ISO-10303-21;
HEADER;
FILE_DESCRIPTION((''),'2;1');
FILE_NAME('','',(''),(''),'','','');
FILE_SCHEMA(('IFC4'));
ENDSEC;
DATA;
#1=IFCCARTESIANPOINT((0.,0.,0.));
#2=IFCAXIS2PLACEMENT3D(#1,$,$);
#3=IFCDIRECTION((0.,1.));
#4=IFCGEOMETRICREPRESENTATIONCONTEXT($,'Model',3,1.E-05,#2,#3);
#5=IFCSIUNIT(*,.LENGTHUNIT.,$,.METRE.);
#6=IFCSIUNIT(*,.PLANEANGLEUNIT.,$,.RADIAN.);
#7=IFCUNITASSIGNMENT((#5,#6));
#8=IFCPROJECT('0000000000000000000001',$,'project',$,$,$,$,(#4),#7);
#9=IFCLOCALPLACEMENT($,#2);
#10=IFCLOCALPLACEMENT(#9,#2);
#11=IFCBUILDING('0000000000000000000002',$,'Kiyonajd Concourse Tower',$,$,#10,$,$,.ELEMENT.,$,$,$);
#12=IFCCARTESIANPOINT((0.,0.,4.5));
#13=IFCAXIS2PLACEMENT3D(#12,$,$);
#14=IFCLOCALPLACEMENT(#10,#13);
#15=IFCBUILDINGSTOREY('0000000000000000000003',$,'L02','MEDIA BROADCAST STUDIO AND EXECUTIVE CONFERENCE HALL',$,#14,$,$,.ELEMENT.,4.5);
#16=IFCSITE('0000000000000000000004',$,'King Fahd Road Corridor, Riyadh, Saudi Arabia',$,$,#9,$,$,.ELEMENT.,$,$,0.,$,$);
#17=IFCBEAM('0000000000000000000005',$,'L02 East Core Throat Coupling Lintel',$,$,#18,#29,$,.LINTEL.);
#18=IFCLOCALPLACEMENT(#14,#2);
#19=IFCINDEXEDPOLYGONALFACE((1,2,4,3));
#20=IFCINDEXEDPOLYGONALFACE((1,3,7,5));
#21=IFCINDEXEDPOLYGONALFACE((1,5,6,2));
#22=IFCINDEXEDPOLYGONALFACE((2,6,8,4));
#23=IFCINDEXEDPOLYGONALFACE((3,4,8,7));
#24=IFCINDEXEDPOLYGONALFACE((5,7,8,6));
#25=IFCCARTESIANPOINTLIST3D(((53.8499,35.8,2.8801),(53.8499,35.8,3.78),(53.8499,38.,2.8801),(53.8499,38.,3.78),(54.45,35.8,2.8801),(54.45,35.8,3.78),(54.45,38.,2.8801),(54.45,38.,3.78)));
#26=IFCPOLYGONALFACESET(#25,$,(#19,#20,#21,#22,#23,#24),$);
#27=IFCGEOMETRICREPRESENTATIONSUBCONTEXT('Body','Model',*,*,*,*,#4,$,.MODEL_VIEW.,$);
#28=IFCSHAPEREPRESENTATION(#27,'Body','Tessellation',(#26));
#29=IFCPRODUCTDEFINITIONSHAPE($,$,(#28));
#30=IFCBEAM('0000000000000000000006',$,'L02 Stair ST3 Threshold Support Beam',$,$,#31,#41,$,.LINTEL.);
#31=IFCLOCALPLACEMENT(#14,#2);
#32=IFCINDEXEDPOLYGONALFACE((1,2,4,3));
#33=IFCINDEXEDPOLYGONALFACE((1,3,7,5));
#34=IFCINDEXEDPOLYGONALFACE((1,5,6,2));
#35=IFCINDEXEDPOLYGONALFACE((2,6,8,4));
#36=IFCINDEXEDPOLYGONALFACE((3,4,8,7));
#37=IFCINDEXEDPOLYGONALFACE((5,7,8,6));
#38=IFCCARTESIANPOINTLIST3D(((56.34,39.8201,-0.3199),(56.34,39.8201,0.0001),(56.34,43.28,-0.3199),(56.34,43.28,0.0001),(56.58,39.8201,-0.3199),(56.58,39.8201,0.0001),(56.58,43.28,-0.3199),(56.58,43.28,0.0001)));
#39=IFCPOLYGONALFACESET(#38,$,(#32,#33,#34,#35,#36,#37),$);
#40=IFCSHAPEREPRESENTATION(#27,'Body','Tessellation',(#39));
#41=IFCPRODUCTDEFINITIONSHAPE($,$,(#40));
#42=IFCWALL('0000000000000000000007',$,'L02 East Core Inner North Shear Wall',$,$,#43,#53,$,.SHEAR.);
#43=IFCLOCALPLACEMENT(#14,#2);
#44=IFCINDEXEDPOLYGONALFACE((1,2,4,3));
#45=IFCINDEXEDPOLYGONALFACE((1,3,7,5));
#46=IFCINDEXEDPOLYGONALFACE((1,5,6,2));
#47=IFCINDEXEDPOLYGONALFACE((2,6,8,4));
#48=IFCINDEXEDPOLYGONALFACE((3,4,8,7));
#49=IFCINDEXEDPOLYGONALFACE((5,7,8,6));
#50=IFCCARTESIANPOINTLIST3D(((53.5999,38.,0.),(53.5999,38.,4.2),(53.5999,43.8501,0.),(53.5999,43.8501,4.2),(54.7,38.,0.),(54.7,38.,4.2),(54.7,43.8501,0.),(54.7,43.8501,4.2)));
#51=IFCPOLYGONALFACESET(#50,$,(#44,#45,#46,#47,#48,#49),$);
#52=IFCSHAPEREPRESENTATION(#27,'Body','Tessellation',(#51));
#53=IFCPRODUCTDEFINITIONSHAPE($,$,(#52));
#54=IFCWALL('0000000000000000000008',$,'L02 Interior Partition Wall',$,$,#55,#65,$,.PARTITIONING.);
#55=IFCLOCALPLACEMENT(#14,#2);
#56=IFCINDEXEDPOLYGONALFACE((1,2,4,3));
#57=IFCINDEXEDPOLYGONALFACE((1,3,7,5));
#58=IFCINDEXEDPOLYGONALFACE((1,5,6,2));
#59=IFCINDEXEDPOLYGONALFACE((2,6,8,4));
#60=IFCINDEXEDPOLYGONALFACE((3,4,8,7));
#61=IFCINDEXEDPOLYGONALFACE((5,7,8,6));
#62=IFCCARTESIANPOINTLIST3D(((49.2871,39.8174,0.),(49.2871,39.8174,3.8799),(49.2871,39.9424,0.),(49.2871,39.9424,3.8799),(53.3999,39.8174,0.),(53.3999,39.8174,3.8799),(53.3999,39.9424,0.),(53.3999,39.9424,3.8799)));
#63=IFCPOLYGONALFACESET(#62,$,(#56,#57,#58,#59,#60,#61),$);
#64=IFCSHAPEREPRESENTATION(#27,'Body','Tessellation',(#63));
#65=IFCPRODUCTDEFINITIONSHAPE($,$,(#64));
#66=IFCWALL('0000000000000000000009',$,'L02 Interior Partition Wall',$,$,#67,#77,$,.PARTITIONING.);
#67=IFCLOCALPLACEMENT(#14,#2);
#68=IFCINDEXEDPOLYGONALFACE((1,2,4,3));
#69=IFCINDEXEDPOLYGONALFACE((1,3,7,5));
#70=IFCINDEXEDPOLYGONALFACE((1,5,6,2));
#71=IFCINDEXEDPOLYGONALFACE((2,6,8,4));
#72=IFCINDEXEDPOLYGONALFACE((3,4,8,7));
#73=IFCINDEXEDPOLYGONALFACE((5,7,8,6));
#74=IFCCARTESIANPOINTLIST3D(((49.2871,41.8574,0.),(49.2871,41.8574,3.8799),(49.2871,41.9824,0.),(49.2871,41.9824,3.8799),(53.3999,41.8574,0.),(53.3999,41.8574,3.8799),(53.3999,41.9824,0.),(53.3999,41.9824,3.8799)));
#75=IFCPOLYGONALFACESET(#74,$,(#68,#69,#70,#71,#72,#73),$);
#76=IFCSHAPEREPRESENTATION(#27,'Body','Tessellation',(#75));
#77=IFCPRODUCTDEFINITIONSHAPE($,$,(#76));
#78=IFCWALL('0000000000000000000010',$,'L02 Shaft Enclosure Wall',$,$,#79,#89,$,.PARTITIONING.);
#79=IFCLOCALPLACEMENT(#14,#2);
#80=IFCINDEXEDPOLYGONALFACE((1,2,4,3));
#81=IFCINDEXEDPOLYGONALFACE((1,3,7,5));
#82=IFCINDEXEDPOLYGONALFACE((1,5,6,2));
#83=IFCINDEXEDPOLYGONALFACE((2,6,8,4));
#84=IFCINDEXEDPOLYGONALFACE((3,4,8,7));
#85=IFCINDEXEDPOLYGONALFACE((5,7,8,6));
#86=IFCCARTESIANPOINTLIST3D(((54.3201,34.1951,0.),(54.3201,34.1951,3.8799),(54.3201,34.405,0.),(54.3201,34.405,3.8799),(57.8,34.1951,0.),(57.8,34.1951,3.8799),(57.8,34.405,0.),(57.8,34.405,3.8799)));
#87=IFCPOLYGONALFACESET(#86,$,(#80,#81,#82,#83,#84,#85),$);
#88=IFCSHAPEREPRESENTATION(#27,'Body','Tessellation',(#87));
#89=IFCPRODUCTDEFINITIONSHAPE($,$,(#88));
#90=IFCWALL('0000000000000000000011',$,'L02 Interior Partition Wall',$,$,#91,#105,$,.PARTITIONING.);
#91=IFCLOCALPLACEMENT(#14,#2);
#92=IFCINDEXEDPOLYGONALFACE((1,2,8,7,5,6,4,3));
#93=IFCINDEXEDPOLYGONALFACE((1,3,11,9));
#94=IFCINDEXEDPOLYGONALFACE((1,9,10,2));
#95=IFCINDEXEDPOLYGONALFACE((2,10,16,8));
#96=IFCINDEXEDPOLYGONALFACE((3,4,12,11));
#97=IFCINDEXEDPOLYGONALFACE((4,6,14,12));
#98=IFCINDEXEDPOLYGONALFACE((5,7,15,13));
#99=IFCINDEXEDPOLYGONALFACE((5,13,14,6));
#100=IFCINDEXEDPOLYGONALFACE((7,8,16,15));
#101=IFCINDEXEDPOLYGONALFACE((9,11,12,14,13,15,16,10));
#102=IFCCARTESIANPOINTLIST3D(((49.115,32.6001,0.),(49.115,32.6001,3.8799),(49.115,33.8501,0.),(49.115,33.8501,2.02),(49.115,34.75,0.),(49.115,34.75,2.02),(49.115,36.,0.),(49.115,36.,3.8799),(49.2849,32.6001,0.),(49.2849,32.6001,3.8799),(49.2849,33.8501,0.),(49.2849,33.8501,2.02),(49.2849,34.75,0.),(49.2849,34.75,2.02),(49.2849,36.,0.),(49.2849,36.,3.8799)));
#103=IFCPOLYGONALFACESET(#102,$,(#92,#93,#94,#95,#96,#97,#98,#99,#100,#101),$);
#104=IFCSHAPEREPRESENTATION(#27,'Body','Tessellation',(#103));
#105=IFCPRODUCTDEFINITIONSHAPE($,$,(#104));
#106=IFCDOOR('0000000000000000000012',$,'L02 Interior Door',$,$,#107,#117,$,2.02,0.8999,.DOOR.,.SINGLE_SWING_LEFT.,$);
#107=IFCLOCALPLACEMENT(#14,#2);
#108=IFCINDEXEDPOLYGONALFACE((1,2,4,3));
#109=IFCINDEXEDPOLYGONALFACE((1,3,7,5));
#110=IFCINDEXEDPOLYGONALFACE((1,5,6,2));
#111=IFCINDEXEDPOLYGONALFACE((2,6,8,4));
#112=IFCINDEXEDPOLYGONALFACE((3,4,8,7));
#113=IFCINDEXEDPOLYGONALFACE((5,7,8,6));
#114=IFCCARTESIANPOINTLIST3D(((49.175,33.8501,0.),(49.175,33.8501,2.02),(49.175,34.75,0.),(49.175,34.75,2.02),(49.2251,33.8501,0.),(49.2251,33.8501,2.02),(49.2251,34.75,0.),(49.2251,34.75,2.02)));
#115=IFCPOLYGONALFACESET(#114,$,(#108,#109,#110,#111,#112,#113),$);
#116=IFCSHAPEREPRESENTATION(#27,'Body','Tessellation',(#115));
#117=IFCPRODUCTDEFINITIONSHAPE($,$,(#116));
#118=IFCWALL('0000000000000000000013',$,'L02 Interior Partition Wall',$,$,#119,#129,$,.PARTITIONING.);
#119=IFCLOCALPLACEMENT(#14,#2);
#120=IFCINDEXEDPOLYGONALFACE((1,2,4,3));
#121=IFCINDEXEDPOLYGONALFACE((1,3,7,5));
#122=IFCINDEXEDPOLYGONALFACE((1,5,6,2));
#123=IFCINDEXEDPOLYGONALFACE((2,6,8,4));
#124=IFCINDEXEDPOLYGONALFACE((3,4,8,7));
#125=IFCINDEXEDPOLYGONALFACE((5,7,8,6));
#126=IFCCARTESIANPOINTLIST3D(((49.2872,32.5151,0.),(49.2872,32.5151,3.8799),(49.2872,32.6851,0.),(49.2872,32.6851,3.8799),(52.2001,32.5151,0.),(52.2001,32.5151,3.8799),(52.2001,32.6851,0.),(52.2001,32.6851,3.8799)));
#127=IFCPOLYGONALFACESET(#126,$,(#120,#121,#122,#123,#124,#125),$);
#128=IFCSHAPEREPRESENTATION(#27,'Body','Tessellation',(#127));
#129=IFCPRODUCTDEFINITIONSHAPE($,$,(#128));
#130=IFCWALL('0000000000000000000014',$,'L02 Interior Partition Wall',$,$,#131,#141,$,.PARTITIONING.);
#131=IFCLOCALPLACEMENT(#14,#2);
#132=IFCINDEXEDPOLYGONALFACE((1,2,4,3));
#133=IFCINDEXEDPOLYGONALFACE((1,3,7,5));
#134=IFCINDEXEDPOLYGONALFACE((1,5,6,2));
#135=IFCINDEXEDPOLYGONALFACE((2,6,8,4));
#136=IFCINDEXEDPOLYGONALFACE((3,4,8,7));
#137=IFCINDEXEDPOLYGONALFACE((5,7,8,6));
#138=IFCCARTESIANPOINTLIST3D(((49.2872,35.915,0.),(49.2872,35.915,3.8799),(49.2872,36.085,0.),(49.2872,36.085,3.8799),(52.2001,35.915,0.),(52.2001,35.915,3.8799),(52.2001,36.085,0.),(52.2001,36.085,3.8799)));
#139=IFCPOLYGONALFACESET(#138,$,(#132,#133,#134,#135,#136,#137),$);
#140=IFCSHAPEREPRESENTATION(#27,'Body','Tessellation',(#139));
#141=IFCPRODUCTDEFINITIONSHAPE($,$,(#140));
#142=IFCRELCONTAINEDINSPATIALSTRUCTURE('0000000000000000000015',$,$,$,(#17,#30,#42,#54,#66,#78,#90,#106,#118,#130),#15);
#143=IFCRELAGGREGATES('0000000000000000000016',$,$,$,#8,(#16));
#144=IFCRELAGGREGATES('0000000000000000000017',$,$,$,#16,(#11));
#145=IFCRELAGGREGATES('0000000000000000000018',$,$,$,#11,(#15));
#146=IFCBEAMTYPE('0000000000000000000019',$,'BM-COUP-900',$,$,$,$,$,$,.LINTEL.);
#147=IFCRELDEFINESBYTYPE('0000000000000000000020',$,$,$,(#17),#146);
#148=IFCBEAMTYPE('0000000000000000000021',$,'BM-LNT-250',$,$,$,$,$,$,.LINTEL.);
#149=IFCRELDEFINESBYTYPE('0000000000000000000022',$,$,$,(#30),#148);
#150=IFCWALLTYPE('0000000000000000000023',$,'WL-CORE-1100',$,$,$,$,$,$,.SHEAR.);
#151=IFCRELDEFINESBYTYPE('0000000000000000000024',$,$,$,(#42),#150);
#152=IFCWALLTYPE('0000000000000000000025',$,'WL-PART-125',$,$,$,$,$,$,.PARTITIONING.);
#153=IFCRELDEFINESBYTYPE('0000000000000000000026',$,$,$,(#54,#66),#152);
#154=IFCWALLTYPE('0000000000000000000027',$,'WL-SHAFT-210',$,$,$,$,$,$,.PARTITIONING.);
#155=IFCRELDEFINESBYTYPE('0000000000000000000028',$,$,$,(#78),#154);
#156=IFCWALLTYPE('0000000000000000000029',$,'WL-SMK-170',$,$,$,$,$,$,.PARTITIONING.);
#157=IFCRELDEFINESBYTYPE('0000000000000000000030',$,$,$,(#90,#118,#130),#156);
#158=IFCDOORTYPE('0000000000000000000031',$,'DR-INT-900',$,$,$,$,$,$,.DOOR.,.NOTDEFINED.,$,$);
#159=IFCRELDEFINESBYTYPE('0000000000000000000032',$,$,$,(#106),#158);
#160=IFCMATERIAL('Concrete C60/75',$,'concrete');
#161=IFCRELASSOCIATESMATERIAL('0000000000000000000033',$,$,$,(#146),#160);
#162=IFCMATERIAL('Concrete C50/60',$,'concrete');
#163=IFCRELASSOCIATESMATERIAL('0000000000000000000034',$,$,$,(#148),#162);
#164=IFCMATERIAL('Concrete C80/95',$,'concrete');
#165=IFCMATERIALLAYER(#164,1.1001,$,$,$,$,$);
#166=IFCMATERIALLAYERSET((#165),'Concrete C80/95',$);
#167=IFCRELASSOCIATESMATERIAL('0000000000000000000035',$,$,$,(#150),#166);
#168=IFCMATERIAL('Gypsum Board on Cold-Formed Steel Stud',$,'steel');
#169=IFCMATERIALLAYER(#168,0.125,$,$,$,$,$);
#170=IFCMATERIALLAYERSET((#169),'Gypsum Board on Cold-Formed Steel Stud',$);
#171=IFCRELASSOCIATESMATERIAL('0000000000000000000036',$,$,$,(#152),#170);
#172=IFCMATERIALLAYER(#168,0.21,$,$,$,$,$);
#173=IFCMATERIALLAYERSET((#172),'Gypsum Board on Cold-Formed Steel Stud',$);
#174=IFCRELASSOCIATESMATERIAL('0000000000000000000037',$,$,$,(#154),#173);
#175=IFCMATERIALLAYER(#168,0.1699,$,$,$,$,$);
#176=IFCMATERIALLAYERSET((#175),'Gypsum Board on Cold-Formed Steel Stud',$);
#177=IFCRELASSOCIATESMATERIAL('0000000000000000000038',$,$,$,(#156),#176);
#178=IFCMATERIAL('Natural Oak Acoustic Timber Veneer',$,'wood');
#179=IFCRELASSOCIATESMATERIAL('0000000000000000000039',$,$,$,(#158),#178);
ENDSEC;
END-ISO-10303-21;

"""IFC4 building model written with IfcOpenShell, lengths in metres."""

from ifc_helpers import new_model, si_unit, direction, frame, frame_2d, origin, origin_2d, place, context, subcontext, project, spatial, rectangle, extrude, material, layer, layer_set, material_profile, profile_set, type_object, element, fill, save


model = new_model("IFC4")

# Units and contexts
model_context = context("Model", 3, precision=1e-05, world=origin(), true_north=direction((0.0, 1.0)))
body_context = subcontext(model_context, "Body", "Model", "MODEL_VIEW")
ifc_project = project(units=[si_unit("LENGTHUNIT", "METRE"), si_unit("PLANEANGLEUNIT", "RADIAN")], contexts=[model_context])

# Site, building, storey
site_placement = place(None, origin())
site = spatial("IfcSite", under=ifc_project, at=site_placement, Name="King Fahd Road Corridor, Riyadh, Saudi Arabia", CompositionType="ELEMENT", RefElevation=0.0)
building_placement = place(site_placement, origin())
building = spatial("IfcBuilding", under=site, at=building_placement, Name="Kiyonajd Concourse Tower", CompositionType="ELEMENT")
storey_placement = place(building_placement, frame((0.0, 0.0, 4.5)))
storey = spatial("IfcBuildingStorey", under=building, at=storey_placement, Name="L02", Description="MEDIA BROADCAST STUDIO AND EXECUTIVE CONFERENCE HALL", CompositionType="ELEMENT", Elevation=4.5)

# Beams
ifc_material_1 = material(Name="Concrete C60/75", Category="concrete")
ifc_material_profile_1 = material_profile(ifc_material_1, rectangle(XDim=0.6001, YDim=0.8999, at=origin_2d()), Name="RCBM-600x900")
ifc_profile_set_1 = profile_set([ifc_material_profile_1], Name="Concrete C60/75")
beam_type_1 = type_object("IfcBeamType", Name="BM-COUP-900", PredefinedType="LINTEL", material=ifc_profile_set_1)
beam_1_placement = place(storey_placement, frame((54.1499, 35.8, 3.3301), z_axis=(0.0, 1.0, 0.0), x_axis=(-1.0, 0.0, 0.0)))
element("IfcBeam", 1, at=beam_1_placement, inside=storey, type_object=beam_type_1, Name="L02 East Core Throat Coupling Lintel", PredefinedType="LINTEL", context=body_context, shape_type="SweptSolid", body=[
    extrude(rectangle(XDim=0.6001, YDim=0.8999, at=origin_2d()), origin(), (0.0, 0.0, 1.0), 2.2),
])
ifc_material_2 = material(Name="Concrete C50/60", Category="concrete")
ifc_material_profile_2 = material_profile(ifc_material_2, rectangle(XDim=0.24, YDim=0.3201, at=origin_2d()), Name="RCBM-240x320")
ifc_profile_set_2 = profile_set([ifc_material_profile_2], Name="Concrete C50/60")
beam_type_2 = type_object("IfcBeamType", Name="BM-LNT-250", PredefinedType="LINTEL", material=ifc_profile_set_2)
beam_2_placement = place(storey_placement, frame((56.46, 39.8201, -0.1599), z_axis=(0.0, 1.0, 0.0), x_axis=(-1.0, 0.0, 0.0)))
element("IfcBeam", 2, at=beam_2_placement, inside=storey, type_object=beam_type_2, Name="L02 Stair ST3 Threshold Support Beam", PredefinedType="LINTEL", context=body_context, shape_type="SweptSolid", body=[
    extrude(rectangle(XDim=0.24, YDim=0.3201, at=origin_2d()), origin(), (0.0, 0.0, 1.0), 3.46),
])

# Walls
ifc_material_3 = material(Name="Concrete C80/95", Category="concrete")
ifc_layer_1 = layer(ifc_material_3, 1.1001)
ifc_layer_set_1 = layer_set([ifc_layer_1], Name="Concrete C80/95")
wall_type_1 = type_object("IfcWallType", Name="WL-CORE-1100", PredefinedType="SHEAR", material=ifc_layer_set_1)
wall_1_placement = place(storey_placement, frame((54.1499, 38.0, 0.0), z_axis=(0.0, 0.0, 1.0), x_axis=(0.0, 1.0, 0.0)))
element("IfcWall", 3, at=wall_1_placement, inside=storey, type_object=wall_type_1, Name="L02 East Core Inner North Shear Wall", PredefinedType="SHEAR", context=body_context, shape_type="SweptSolid", body=[
    extrude(rectangle(XDim=5.8501, YDim=1.1001, at=frame_2d((2.925, 0.0))), origin(), (0.0, 0.0, 1.0), 4.2),
])
ifc_material_4 = material(Name="Gypsum Board on Cold-Formed Steel Stud", Category="steel")
ifc_layer_2 = layer(ifc_material_4, 0.125)
ifc_layer_set_2 = layer_set([ifc_layer_2], Name="Gypsum Board on Cold-Formed Steel Stud")
wall_type_2 = type_object("IfcWallType", Name="WL-PART-125", PredefinedType="PARTITIONING", material=ifc_layer_set_2)
for number, where, z_axis, x_axis, name in (
    (4, (49.2871, 39.8799, 0.0), (0.0, 0.0, 1.0), (1.0, 0.0, 0.0), "L02 Interior Partition Wall"),
    (5, (49.2871, 41.9199, 0.0), (0.0, 0.0, 1.0), (1.0, 0.0, 0.0), "L02 Interior Partition Wall"),
):
    element("IfcWall", number, at=place(storey_placement, frame(where, z_axis=z_axis, x_axis=x_axis)), inside=storey, type_object=wall_type_2, Name=name, PredefinedType="PARTITIONING", context=body_context, shape_type="SweptSolid", body=[
        extrude(rectangle(XDim=4.1128, YDim=0.125, at=frame_2d((2.0564, 0.0))), origin(), (0.0, 0.0, 1.0), 3.8799),
    ])
ifc_layer_3 = layer(ifc_material_4, 0.21)
ifc_layer_set_3 = layer_set([ifc_layer_3], Name="Gypsum Board on Cold-Formed Steel Stud")
wall_type_3 = type_object("IfcWallType", Name="WL-SHAFT-210", PredefinedType="PARTITIONING", material=ifc_layer_set_3)
wall_2_placement = place(storey_placement, frame((54.3201, 34.3, 0.0), z_axis=(0.0, 0.0, 1.0), x_axis=(1.0, 0.0, 0.0)))
element("IfcWall", 6, at=wall_2_placement, inside=storey, type_object=wall_type_3, Name="L02 Shaft Enclosure Wall", PredefinedType="PARTITIONING", context=body_context, shape_type="SweptSolid", body=[
    extrude(rectangle(XDim=3.48, YDim=0.21, at=frame_2d((1.74, 0.0))), origin(), (0.0, 0.0, 1.0), 3.8799),
])

# Wall, opening, door
ifc_layer_4 = layer(ifc_material_4, 0.1699)
ifc_layer_set_4 = layer_set([ifc_layer_4], Name="Gypsum Board on Cold-Formed Steel Stud")
wall_type_4 = type_object("IfcWallType", Name="WL-SMK-170", PredefinedType="PARTITIONING", material=ifc_layer_set_4)
wall_3_placement = place(storey_placement, frame((49.2, 32.6001, 0.0), z_axis=(0.0, 0.0, 1.0), x_axis=(0.0, 1.0, 0.0)))
wall_3 = element("IfcWall", 7, at=wall_3_placement, inside=storey, type_object=wall_type_4, Name="L02 Interior Partition Wall", PredefinedType="PARTITIONING", context=body_context, shape_type="SweptSolid", body=[
    extrude(rectangle(XDim=3.3999, YDim=0.1699, at=frame_2d((1.7, 0.0))), origin(), (0.0, 0.0, 1.0), 3.8799),
])
opening_1_placement = place(wall_3_placement, frame((1.25, 0.0, 0.0)))
opening_1 = element("IfcOpeningElement", 8, at=opening_1_placement, cuts=wall_3, PredefinedType="OPENING", context=body_context, shape_type="SweptSolid", body=[
    extrude(rectangle(XDim=0.8999, YDim=2.02, at=frame_2d((0.45, 1.01))), frame((0.0, 0.095, 0.0), z_axis=(0.0, -1.0, 0.0), x_axis=(1.0, 0.0, 0.0)), (0.0, 0.0, 1.0), 0.1899),
])
ifc_material_5 = material(Name="Natural Oak Acoustic Timber Veneer", Category="wood")
door_type_1 = type_object("IfcDoorType", Name="DR-INT-900", OperationType="NOTDEFINED", PredefinedType="DOOR", material=ifc_material_5)
door_1_placement = place(opening_1_placement, origin())
door_1 = element("IfcDoor", 9, at=door_1_placement, inside=storey, type_object=door_type_1, Name="L02 Interior Door", OperationType="SINGLE_SWING_LEFT", OverallHeight=2.02, OverallWidth=0.8999, PredefinedType="DOOR", context=body_context, shape_type="SweptSolid", body=[
    extrude(rectangle(XDim=0.8999, YDim=2.02, at=frame_2d((0.45, 1.01))), frame((0.0, 0.0249, 0.0), z_axis=(0.0, -1.0, 0.0), x_axis=(1.0, 0.0, 0.0)), (0.0, 0.0, 1.0), 0.05),
])
fill(opening_1, door_1)

# Walls
for number, where, z_axis, x_axis, name in (
    (10, (49.2871, 32.6001, 0.0), (0.0, 0.0, 1.0), (1.0, 0.0, 0.0), "L02 Interior Partition Wall"),
    (11, (49.2871, 36.0, 0.0), (0.0, 0.0, 1.0), (1.0, 0.0, 0.0), "L02 Interior Partition Wall"),
):
    element("IfcWall", number, at=place(storey_placement, frame(where, z_axis=z_axis, x_axis=x_axis)), inside=storey, type_object=wall_type_4, Name=name, PredefinedType="PARTITIONING", context=body_context, shape_type="SweptSolid", body=[
        extrude(rectangle(XDim=2.9128, YDim=0.1699, at=frame_2d((1.4565, 0.0))), origin(), (0.0, 0.0, 1.0), 3.8799),
    ])

save(model, "model.ifc")
